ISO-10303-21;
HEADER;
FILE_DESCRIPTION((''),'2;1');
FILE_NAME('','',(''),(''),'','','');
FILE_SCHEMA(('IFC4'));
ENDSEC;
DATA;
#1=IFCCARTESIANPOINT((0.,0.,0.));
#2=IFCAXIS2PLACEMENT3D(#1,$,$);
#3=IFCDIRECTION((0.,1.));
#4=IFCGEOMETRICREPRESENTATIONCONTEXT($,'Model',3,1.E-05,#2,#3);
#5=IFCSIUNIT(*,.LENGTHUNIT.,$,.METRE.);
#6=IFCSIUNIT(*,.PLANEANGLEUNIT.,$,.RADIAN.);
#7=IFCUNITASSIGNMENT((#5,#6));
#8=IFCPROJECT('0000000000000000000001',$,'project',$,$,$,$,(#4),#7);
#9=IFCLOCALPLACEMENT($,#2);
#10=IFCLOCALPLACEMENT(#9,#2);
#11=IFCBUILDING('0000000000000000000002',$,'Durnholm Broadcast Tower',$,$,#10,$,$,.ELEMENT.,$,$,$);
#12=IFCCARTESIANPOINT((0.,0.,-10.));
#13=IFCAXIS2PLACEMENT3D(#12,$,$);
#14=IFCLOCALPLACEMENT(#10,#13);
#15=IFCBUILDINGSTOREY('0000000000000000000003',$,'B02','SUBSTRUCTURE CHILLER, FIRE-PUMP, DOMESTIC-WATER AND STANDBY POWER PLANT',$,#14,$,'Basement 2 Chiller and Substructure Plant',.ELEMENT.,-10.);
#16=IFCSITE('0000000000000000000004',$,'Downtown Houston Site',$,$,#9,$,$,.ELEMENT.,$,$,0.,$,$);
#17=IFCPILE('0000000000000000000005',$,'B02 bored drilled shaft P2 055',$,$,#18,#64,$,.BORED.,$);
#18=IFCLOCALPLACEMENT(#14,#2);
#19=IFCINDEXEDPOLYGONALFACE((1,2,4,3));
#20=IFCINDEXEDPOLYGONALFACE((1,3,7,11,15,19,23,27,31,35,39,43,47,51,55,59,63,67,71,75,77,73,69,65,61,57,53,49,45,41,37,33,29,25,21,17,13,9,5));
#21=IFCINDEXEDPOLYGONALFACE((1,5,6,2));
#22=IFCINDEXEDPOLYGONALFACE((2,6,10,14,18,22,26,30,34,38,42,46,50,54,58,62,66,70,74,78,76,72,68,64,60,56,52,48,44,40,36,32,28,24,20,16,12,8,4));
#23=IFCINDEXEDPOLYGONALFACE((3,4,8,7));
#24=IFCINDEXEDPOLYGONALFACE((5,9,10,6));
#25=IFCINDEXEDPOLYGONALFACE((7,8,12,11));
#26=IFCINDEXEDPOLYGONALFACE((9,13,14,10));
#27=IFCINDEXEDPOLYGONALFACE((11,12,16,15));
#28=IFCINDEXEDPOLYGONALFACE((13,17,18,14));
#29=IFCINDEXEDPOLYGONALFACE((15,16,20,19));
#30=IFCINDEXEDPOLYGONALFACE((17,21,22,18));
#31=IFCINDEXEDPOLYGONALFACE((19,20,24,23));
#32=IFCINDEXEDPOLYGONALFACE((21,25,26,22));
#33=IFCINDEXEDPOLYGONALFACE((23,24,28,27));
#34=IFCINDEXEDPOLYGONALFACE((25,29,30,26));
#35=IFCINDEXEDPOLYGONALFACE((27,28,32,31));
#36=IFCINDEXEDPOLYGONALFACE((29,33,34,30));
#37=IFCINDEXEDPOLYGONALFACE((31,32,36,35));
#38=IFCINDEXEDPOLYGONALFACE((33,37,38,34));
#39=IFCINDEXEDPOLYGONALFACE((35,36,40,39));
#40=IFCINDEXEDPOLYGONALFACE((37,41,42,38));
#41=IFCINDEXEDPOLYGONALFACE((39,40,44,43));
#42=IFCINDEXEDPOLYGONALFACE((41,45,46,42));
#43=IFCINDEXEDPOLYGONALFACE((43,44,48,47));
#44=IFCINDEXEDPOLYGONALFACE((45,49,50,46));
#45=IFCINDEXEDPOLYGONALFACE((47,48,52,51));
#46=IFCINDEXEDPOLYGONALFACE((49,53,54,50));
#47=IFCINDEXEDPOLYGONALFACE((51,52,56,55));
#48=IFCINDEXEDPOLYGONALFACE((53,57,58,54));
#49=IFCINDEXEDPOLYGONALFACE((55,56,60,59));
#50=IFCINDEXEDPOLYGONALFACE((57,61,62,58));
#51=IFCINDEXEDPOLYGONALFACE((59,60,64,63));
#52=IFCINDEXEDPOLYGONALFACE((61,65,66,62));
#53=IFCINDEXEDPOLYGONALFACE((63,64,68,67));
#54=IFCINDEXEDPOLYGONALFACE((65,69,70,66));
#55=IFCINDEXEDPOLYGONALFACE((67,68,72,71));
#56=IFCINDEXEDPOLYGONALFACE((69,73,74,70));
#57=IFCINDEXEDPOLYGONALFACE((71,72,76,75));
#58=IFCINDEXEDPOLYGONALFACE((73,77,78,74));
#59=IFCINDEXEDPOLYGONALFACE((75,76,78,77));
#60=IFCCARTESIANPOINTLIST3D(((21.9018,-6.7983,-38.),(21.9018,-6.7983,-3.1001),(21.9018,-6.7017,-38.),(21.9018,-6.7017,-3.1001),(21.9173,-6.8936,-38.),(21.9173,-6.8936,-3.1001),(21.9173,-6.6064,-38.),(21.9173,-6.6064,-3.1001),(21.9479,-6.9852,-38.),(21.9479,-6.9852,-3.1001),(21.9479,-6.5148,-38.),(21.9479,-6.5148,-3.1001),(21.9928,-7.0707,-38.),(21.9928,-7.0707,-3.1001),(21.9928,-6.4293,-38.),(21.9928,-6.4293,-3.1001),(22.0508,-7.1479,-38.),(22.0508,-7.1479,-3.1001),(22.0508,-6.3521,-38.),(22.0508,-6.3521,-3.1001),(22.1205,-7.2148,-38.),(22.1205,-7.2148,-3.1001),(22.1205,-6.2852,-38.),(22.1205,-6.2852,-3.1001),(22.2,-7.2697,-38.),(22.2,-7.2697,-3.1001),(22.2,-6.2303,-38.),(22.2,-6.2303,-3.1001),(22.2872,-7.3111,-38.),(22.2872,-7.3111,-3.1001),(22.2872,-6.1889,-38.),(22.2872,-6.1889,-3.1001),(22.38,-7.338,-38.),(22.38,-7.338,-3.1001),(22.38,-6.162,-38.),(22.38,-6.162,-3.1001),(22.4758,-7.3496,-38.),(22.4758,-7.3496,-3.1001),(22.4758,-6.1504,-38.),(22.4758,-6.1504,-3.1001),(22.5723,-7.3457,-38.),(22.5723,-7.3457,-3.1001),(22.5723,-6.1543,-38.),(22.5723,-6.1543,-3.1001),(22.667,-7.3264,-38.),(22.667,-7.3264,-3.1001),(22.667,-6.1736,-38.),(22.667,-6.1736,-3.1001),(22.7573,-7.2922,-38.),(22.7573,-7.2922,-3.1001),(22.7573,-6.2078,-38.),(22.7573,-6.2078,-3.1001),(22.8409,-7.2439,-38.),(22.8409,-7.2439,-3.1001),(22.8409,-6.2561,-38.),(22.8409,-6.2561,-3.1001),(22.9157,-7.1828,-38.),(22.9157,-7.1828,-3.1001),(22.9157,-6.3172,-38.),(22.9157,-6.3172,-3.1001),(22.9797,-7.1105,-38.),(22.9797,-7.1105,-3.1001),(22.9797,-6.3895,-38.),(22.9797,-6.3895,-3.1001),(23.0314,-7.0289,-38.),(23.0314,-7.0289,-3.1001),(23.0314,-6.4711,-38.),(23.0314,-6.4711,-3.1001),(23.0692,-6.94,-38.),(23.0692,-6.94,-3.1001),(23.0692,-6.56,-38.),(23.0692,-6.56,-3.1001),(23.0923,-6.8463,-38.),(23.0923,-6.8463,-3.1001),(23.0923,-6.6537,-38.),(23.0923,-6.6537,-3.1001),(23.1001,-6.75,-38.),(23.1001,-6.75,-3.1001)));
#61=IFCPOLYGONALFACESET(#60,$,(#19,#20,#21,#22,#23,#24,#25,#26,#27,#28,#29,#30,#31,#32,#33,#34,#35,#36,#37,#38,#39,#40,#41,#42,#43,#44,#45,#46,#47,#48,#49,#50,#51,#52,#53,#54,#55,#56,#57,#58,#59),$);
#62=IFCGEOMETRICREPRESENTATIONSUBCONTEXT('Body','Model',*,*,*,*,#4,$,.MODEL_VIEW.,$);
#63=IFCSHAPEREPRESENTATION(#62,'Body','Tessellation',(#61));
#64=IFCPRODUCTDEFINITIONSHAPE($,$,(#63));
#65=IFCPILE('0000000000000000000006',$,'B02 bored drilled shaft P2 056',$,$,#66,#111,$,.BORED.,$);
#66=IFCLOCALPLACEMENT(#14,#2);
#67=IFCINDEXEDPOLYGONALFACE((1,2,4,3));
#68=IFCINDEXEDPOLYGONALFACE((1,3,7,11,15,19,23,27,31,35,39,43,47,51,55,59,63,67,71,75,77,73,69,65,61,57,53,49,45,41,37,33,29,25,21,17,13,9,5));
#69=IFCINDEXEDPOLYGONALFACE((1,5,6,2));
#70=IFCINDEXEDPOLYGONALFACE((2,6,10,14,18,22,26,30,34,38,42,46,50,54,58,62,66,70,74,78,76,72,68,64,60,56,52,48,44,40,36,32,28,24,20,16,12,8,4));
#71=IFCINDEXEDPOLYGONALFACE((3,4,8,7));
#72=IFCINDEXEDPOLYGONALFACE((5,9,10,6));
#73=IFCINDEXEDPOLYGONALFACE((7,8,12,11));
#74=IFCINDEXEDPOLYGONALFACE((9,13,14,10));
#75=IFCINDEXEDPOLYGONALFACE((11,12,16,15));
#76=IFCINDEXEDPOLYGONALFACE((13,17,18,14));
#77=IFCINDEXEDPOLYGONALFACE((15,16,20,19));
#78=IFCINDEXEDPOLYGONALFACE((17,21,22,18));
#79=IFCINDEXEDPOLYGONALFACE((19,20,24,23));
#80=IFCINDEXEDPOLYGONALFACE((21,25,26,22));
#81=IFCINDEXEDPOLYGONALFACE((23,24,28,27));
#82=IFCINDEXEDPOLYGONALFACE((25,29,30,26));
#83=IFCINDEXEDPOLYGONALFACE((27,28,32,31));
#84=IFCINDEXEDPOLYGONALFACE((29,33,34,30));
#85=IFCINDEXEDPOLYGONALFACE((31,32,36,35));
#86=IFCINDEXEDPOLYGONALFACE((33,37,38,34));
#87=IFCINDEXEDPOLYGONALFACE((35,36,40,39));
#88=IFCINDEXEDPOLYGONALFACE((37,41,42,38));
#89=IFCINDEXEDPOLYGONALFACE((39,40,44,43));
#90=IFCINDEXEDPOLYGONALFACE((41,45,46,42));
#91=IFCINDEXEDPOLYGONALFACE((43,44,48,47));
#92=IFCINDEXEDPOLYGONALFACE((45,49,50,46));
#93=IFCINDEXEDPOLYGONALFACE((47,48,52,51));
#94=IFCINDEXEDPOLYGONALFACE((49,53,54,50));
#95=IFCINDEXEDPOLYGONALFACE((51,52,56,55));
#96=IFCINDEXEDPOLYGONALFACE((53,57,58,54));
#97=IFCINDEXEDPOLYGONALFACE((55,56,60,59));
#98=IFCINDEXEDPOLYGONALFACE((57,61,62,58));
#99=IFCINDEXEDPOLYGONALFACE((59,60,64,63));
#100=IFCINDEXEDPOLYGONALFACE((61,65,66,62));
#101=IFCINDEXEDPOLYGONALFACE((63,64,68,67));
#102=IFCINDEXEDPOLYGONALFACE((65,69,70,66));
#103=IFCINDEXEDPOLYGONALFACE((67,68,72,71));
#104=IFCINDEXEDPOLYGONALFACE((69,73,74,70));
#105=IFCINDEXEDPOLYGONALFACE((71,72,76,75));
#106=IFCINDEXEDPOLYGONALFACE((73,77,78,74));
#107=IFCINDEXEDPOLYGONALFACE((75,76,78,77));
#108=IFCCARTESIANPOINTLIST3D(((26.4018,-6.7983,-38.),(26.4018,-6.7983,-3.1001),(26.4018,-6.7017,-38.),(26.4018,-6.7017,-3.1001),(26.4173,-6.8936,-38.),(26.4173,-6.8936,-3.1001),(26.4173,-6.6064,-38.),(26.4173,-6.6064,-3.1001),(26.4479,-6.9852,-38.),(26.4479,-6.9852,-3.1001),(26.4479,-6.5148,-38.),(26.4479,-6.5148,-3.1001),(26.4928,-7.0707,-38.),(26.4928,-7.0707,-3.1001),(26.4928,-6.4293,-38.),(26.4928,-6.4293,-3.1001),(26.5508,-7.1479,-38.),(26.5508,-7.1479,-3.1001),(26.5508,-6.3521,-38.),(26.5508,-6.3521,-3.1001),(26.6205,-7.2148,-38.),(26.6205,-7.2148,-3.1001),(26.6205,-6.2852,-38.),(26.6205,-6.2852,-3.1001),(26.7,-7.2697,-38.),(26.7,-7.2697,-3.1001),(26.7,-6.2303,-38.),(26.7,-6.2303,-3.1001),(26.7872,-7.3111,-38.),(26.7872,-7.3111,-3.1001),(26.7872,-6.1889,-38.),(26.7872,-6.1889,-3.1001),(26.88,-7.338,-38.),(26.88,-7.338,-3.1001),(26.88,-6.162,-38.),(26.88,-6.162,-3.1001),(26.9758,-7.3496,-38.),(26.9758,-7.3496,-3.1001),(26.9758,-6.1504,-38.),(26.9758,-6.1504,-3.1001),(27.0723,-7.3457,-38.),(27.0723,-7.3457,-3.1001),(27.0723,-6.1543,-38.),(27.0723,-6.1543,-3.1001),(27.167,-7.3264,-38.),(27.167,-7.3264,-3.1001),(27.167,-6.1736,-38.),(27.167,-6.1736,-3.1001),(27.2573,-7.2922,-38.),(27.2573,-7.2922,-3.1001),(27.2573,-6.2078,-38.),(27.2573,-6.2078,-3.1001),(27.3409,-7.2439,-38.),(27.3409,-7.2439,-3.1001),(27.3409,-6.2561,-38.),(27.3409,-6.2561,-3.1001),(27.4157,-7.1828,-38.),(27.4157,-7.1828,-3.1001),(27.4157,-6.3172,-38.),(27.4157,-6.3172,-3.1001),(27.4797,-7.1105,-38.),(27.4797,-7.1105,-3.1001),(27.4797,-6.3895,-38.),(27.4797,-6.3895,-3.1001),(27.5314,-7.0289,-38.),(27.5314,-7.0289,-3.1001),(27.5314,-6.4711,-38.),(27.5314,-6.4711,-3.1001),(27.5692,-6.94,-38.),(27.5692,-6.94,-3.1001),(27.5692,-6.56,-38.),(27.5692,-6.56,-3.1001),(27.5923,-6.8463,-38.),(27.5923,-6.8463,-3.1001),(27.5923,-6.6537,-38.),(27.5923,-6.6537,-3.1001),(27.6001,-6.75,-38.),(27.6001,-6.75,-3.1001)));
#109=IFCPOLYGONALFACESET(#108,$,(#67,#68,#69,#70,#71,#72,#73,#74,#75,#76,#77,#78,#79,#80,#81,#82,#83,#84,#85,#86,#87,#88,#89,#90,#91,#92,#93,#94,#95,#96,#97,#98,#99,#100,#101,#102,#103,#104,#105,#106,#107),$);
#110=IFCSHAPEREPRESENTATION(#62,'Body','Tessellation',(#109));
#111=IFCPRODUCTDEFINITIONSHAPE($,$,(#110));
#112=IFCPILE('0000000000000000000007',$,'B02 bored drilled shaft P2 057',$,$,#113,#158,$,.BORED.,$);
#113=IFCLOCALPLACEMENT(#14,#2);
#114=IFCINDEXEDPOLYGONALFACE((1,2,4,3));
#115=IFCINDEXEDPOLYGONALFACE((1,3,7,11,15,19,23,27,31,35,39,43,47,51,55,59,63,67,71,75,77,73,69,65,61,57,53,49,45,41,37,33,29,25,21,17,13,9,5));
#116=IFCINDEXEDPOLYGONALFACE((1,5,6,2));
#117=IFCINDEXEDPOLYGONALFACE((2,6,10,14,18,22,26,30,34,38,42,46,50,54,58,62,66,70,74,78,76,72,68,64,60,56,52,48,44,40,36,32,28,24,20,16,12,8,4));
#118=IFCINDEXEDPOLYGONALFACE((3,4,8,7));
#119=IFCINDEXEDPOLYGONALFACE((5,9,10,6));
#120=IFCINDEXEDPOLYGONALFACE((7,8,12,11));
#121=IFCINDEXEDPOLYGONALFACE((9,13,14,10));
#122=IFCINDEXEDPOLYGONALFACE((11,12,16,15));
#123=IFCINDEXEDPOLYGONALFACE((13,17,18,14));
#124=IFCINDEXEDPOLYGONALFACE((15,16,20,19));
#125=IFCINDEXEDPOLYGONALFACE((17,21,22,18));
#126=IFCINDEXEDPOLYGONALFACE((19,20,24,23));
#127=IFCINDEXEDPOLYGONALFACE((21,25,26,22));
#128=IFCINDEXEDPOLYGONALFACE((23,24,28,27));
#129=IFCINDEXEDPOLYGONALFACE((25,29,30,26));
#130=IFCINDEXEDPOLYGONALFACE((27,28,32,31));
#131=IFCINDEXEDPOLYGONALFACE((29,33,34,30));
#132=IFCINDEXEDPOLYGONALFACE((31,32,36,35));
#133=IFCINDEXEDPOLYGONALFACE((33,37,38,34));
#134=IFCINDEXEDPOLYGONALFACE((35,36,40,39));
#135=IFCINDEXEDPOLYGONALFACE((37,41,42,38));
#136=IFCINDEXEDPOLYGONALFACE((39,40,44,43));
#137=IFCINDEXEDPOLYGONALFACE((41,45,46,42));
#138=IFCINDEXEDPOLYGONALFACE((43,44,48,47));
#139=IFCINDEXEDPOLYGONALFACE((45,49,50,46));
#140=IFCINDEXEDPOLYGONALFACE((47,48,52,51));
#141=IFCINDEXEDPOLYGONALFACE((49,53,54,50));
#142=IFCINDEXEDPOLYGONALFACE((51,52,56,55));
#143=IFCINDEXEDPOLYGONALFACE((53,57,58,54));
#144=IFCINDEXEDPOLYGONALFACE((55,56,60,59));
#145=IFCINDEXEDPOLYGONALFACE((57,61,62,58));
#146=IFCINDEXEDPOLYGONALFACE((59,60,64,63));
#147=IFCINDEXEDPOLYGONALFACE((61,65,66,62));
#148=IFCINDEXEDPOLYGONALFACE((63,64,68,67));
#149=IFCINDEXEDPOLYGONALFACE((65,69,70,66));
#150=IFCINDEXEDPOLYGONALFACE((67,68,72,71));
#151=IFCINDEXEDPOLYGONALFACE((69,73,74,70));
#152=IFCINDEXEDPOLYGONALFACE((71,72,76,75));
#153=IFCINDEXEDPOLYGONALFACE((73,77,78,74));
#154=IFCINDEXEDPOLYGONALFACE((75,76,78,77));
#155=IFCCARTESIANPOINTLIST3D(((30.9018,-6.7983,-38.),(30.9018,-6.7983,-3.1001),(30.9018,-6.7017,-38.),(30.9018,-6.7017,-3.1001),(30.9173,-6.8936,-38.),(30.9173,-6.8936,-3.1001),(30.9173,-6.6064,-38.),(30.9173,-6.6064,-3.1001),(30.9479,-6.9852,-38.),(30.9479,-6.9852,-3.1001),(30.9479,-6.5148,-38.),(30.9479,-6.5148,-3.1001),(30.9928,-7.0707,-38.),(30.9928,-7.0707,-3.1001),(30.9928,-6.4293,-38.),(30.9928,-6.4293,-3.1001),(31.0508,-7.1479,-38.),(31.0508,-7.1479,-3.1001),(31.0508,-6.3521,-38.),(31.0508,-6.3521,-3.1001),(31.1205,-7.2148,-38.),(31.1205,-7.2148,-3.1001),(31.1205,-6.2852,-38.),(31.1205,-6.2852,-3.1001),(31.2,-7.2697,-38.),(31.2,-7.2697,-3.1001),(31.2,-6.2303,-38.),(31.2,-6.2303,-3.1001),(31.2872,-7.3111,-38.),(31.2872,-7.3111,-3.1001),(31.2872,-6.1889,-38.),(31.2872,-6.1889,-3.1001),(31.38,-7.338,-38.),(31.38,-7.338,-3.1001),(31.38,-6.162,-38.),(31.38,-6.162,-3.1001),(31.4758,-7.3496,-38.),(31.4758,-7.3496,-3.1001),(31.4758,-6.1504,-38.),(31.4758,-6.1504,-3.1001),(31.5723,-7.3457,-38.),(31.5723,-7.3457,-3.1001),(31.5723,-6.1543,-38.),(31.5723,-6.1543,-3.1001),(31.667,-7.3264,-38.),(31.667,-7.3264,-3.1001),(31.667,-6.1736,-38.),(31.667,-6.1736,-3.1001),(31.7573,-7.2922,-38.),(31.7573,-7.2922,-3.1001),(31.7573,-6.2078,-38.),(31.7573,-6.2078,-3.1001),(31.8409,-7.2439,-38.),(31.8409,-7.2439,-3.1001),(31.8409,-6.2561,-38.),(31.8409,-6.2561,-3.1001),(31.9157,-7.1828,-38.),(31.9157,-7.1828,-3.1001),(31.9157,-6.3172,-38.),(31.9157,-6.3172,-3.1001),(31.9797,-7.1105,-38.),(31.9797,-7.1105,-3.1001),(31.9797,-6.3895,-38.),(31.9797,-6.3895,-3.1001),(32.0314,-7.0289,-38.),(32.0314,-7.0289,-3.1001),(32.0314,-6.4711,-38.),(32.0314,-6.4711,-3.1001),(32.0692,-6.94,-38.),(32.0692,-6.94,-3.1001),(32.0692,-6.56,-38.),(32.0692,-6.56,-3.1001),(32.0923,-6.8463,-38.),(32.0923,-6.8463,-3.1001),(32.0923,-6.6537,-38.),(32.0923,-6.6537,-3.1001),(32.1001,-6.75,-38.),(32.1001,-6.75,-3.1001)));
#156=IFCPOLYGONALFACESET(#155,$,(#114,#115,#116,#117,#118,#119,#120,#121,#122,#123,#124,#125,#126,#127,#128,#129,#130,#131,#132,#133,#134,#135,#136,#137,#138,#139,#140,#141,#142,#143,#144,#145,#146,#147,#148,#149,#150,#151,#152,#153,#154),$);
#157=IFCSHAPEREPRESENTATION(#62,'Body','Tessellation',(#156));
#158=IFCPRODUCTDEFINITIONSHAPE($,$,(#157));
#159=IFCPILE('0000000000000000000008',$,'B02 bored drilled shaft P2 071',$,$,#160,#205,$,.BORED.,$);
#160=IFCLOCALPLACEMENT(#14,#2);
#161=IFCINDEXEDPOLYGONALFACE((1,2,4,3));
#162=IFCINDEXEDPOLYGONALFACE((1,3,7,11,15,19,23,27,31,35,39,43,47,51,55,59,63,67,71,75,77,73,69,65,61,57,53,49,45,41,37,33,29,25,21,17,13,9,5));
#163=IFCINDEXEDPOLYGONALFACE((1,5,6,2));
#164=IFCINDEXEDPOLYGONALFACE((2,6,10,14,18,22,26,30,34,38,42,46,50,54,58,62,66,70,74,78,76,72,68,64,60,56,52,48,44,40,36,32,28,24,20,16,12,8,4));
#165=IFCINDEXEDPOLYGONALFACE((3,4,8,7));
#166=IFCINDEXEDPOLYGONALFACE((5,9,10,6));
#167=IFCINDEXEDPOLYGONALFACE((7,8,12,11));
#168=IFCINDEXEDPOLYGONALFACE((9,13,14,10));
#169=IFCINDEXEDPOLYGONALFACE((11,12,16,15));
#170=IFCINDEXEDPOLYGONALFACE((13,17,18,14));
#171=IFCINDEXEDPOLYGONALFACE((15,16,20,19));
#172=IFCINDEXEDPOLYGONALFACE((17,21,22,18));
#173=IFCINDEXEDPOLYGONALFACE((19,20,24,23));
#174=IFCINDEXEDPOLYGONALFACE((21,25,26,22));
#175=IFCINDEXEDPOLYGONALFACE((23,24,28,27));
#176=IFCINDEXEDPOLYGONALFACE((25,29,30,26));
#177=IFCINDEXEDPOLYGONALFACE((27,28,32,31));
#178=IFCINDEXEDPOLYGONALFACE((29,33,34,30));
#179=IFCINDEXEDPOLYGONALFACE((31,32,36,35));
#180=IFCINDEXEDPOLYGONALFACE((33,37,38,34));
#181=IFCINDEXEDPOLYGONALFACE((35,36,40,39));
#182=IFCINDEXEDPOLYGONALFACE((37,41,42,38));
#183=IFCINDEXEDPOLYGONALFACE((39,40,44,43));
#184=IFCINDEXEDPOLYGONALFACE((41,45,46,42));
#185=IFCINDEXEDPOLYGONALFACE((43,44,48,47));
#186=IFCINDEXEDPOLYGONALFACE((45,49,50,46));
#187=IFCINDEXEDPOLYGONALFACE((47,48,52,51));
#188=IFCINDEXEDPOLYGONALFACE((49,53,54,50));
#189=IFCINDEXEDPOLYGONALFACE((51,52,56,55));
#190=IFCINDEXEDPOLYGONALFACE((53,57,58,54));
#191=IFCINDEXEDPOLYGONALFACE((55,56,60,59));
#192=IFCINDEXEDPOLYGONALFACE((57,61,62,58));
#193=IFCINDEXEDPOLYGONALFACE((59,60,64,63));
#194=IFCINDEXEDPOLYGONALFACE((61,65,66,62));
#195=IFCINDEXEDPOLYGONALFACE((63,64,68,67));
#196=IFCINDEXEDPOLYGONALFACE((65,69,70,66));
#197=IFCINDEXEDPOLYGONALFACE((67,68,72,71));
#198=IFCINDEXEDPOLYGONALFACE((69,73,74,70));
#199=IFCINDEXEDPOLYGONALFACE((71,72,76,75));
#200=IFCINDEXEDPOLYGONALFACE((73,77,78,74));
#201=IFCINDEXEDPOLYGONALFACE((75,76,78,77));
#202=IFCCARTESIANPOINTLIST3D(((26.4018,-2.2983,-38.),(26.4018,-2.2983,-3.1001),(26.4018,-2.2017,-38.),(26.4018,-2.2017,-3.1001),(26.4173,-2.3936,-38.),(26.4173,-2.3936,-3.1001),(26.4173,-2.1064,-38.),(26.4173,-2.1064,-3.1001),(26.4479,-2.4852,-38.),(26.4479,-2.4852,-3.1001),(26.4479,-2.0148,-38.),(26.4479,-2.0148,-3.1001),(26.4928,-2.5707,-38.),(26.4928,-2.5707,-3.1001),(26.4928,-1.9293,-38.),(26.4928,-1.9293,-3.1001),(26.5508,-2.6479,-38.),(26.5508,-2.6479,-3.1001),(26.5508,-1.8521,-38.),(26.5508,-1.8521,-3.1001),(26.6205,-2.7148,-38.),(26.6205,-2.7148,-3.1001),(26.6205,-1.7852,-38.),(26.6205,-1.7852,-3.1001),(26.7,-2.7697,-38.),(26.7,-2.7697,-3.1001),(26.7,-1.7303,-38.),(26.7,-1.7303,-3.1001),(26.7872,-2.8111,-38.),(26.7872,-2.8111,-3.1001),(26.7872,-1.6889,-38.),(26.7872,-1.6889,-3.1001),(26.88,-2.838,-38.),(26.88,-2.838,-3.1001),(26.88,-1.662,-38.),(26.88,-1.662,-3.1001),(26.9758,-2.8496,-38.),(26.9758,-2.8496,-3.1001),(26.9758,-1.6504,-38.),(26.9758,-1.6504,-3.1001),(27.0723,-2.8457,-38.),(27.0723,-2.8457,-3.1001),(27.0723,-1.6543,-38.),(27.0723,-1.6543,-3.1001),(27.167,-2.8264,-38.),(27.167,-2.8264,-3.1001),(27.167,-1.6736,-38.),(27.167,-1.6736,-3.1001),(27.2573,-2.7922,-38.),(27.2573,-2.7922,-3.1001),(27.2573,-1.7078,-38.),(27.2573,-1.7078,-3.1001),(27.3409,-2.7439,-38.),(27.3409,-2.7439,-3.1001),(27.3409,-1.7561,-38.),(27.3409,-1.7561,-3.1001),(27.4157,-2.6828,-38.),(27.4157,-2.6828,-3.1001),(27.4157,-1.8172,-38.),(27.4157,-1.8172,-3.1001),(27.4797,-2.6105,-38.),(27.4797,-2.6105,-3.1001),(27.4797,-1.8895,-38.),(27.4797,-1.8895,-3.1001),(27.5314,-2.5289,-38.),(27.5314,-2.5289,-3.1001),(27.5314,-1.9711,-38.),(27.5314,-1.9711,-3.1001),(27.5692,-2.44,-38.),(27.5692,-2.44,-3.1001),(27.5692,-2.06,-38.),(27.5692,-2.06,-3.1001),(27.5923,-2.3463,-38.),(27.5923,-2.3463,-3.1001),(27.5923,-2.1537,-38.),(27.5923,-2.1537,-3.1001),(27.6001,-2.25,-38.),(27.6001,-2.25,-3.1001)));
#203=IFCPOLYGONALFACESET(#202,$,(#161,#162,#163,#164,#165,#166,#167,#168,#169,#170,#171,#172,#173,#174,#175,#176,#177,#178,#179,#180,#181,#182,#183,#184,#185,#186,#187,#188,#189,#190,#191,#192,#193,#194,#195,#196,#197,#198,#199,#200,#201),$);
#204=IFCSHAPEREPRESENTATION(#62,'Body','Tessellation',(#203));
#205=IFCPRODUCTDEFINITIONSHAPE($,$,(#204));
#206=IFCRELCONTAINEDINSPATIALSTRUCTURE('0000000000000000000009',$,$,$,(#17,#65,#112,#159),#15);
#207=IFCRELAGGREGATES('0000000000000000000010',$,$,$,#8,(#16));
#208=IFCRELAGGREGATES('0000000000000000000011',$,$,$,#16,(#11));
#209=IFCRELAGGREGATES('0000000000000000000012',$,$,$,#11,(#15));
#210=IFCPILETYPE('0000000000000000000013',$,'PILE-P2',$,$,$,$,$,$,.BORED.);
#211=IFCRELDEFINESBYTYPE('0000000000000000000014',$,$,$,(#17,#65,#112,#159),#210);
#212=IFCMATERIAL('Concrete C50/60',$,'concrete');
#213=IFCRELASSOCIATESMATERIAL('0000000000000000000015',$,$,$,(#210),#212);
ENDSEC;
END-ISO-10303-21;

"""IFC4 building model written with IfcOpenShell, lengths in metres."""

from ifc_helpers import new_model, si_unit, direction, frame, origin, origin_2d, place, context, subcontext, project, spatial, circle, extrude, source, transform, mapped, material, material_profile, profile_set, type_object, type_shapes, element, save


model = new_model("IFC4")

# Units and contexts
model_context = context("Model", 3, precision=1e-05, world=origin(), true_north=direction((0.0, 1.0)))
body_context = subcontext(model_context, "Body", "Model", "MODEL_VIEW")
ifc_project = project(units=[si_unit("LENGTHUNIT", "METRE"), si_unit("PLANEANGLEUNIT", "RADIAN")], contexts=[model_context])

# Site, building, storey
site_placement = place(None, origin())
site = spatial("IfcSite", under=ifc_project, at=site_placement, Name="Downtown Houston Site", CompositionType="ELEMENT", RefElevation=0.0)
building_placement = place(site_placement, origin())
building = spatial("IfcBuilding", under=site, at=building_placement, Name="Durnholm Broadcast Tower", CompositionType="ELEMENT")
storey_placement = place(building_placement, frame((0.0, 0.0, -10.0)))
storey = spatial("IfcBuildingStorey", under=building, at=storey_placement, Name="B02", Description="SUBSTRUCTURE CHILLER, FIRE-PUMP, DOMESTIC-WATER AND STANDBY POWER PLANT", LongName="Basement 2 Chiller and Substructure Plant", CompositionType="ELEMENT", Elevation=-10.0)

# Piles
ifc_material_1 = material(Name="Concrete C50/60", Category="concrete")
ifc_material_profile_1 = material_profile(ifc_material_1, circle(Radius=0.6001, at=origin_2d()), Name="PILE1200")
ifc_profile_set_1 = profile_set([ifc_material_profile_1], Name="Concrete C50/60")
pile_type_1 = type_object("IfcPileType", Name="PILE-P2", PredefinedType="BORED", material=ifc_profile_set_1)
shared_shape_1 = source(origin(), body_context, "Body", "SweptSolid", [
    extrude(circle(Radius=0.6001, at=origin_2d()), origin(), (0.0, 0.0, 1.0), 34.8999),
])
type_shapes(pile_type_1, [shared_shape_1])
for number, where, z_axis, x_axis, name in (
    (1, (22.5, -6.75, -3.1001), (0.0, 0.0, -1.0), (1.0, 0.0, 0.0), "B02 bored drilled shaft P2 055"),
    (2, (27.0, -6.75, -3.1001), (0.0, 0.0, -1.0), (1.0, 0.0, 0.0), "B02 bored drilled shaft P2 056"),
    (3, (31.5, -6.75, -3.1001), (0.0, 0.0, -1.0), (1.0, 0.0, 0.0), "B02 bored drilled shaft P2 057"),
    (4, (27.0, -2.25, -3.1001), (0.0, 0.0, -1.0), (1.0, 0.0, 0.0), "B02 bored drilled shaft P2 071"),
):
    element("IfcPile", number, at=place(storey_placement, frame(where, z_axis=z_axis, x_axis=x_axis)), inside=storey, type_object=pile_type_1, Name=name, PredefinedType="BORED", context=body_context, shape_type="MappedRepresentation", body=[
        mapped(shared_shape_1, transform((0.0, 0.0, 0.0), x_axis=(1.0, 0.0, 0.0), y_axis=(0.0, 1.0, 0.0), z_axis=(0.0, 0.0, 1.0), scale=1.0)),
    ])

save(model, "model.ifc")
